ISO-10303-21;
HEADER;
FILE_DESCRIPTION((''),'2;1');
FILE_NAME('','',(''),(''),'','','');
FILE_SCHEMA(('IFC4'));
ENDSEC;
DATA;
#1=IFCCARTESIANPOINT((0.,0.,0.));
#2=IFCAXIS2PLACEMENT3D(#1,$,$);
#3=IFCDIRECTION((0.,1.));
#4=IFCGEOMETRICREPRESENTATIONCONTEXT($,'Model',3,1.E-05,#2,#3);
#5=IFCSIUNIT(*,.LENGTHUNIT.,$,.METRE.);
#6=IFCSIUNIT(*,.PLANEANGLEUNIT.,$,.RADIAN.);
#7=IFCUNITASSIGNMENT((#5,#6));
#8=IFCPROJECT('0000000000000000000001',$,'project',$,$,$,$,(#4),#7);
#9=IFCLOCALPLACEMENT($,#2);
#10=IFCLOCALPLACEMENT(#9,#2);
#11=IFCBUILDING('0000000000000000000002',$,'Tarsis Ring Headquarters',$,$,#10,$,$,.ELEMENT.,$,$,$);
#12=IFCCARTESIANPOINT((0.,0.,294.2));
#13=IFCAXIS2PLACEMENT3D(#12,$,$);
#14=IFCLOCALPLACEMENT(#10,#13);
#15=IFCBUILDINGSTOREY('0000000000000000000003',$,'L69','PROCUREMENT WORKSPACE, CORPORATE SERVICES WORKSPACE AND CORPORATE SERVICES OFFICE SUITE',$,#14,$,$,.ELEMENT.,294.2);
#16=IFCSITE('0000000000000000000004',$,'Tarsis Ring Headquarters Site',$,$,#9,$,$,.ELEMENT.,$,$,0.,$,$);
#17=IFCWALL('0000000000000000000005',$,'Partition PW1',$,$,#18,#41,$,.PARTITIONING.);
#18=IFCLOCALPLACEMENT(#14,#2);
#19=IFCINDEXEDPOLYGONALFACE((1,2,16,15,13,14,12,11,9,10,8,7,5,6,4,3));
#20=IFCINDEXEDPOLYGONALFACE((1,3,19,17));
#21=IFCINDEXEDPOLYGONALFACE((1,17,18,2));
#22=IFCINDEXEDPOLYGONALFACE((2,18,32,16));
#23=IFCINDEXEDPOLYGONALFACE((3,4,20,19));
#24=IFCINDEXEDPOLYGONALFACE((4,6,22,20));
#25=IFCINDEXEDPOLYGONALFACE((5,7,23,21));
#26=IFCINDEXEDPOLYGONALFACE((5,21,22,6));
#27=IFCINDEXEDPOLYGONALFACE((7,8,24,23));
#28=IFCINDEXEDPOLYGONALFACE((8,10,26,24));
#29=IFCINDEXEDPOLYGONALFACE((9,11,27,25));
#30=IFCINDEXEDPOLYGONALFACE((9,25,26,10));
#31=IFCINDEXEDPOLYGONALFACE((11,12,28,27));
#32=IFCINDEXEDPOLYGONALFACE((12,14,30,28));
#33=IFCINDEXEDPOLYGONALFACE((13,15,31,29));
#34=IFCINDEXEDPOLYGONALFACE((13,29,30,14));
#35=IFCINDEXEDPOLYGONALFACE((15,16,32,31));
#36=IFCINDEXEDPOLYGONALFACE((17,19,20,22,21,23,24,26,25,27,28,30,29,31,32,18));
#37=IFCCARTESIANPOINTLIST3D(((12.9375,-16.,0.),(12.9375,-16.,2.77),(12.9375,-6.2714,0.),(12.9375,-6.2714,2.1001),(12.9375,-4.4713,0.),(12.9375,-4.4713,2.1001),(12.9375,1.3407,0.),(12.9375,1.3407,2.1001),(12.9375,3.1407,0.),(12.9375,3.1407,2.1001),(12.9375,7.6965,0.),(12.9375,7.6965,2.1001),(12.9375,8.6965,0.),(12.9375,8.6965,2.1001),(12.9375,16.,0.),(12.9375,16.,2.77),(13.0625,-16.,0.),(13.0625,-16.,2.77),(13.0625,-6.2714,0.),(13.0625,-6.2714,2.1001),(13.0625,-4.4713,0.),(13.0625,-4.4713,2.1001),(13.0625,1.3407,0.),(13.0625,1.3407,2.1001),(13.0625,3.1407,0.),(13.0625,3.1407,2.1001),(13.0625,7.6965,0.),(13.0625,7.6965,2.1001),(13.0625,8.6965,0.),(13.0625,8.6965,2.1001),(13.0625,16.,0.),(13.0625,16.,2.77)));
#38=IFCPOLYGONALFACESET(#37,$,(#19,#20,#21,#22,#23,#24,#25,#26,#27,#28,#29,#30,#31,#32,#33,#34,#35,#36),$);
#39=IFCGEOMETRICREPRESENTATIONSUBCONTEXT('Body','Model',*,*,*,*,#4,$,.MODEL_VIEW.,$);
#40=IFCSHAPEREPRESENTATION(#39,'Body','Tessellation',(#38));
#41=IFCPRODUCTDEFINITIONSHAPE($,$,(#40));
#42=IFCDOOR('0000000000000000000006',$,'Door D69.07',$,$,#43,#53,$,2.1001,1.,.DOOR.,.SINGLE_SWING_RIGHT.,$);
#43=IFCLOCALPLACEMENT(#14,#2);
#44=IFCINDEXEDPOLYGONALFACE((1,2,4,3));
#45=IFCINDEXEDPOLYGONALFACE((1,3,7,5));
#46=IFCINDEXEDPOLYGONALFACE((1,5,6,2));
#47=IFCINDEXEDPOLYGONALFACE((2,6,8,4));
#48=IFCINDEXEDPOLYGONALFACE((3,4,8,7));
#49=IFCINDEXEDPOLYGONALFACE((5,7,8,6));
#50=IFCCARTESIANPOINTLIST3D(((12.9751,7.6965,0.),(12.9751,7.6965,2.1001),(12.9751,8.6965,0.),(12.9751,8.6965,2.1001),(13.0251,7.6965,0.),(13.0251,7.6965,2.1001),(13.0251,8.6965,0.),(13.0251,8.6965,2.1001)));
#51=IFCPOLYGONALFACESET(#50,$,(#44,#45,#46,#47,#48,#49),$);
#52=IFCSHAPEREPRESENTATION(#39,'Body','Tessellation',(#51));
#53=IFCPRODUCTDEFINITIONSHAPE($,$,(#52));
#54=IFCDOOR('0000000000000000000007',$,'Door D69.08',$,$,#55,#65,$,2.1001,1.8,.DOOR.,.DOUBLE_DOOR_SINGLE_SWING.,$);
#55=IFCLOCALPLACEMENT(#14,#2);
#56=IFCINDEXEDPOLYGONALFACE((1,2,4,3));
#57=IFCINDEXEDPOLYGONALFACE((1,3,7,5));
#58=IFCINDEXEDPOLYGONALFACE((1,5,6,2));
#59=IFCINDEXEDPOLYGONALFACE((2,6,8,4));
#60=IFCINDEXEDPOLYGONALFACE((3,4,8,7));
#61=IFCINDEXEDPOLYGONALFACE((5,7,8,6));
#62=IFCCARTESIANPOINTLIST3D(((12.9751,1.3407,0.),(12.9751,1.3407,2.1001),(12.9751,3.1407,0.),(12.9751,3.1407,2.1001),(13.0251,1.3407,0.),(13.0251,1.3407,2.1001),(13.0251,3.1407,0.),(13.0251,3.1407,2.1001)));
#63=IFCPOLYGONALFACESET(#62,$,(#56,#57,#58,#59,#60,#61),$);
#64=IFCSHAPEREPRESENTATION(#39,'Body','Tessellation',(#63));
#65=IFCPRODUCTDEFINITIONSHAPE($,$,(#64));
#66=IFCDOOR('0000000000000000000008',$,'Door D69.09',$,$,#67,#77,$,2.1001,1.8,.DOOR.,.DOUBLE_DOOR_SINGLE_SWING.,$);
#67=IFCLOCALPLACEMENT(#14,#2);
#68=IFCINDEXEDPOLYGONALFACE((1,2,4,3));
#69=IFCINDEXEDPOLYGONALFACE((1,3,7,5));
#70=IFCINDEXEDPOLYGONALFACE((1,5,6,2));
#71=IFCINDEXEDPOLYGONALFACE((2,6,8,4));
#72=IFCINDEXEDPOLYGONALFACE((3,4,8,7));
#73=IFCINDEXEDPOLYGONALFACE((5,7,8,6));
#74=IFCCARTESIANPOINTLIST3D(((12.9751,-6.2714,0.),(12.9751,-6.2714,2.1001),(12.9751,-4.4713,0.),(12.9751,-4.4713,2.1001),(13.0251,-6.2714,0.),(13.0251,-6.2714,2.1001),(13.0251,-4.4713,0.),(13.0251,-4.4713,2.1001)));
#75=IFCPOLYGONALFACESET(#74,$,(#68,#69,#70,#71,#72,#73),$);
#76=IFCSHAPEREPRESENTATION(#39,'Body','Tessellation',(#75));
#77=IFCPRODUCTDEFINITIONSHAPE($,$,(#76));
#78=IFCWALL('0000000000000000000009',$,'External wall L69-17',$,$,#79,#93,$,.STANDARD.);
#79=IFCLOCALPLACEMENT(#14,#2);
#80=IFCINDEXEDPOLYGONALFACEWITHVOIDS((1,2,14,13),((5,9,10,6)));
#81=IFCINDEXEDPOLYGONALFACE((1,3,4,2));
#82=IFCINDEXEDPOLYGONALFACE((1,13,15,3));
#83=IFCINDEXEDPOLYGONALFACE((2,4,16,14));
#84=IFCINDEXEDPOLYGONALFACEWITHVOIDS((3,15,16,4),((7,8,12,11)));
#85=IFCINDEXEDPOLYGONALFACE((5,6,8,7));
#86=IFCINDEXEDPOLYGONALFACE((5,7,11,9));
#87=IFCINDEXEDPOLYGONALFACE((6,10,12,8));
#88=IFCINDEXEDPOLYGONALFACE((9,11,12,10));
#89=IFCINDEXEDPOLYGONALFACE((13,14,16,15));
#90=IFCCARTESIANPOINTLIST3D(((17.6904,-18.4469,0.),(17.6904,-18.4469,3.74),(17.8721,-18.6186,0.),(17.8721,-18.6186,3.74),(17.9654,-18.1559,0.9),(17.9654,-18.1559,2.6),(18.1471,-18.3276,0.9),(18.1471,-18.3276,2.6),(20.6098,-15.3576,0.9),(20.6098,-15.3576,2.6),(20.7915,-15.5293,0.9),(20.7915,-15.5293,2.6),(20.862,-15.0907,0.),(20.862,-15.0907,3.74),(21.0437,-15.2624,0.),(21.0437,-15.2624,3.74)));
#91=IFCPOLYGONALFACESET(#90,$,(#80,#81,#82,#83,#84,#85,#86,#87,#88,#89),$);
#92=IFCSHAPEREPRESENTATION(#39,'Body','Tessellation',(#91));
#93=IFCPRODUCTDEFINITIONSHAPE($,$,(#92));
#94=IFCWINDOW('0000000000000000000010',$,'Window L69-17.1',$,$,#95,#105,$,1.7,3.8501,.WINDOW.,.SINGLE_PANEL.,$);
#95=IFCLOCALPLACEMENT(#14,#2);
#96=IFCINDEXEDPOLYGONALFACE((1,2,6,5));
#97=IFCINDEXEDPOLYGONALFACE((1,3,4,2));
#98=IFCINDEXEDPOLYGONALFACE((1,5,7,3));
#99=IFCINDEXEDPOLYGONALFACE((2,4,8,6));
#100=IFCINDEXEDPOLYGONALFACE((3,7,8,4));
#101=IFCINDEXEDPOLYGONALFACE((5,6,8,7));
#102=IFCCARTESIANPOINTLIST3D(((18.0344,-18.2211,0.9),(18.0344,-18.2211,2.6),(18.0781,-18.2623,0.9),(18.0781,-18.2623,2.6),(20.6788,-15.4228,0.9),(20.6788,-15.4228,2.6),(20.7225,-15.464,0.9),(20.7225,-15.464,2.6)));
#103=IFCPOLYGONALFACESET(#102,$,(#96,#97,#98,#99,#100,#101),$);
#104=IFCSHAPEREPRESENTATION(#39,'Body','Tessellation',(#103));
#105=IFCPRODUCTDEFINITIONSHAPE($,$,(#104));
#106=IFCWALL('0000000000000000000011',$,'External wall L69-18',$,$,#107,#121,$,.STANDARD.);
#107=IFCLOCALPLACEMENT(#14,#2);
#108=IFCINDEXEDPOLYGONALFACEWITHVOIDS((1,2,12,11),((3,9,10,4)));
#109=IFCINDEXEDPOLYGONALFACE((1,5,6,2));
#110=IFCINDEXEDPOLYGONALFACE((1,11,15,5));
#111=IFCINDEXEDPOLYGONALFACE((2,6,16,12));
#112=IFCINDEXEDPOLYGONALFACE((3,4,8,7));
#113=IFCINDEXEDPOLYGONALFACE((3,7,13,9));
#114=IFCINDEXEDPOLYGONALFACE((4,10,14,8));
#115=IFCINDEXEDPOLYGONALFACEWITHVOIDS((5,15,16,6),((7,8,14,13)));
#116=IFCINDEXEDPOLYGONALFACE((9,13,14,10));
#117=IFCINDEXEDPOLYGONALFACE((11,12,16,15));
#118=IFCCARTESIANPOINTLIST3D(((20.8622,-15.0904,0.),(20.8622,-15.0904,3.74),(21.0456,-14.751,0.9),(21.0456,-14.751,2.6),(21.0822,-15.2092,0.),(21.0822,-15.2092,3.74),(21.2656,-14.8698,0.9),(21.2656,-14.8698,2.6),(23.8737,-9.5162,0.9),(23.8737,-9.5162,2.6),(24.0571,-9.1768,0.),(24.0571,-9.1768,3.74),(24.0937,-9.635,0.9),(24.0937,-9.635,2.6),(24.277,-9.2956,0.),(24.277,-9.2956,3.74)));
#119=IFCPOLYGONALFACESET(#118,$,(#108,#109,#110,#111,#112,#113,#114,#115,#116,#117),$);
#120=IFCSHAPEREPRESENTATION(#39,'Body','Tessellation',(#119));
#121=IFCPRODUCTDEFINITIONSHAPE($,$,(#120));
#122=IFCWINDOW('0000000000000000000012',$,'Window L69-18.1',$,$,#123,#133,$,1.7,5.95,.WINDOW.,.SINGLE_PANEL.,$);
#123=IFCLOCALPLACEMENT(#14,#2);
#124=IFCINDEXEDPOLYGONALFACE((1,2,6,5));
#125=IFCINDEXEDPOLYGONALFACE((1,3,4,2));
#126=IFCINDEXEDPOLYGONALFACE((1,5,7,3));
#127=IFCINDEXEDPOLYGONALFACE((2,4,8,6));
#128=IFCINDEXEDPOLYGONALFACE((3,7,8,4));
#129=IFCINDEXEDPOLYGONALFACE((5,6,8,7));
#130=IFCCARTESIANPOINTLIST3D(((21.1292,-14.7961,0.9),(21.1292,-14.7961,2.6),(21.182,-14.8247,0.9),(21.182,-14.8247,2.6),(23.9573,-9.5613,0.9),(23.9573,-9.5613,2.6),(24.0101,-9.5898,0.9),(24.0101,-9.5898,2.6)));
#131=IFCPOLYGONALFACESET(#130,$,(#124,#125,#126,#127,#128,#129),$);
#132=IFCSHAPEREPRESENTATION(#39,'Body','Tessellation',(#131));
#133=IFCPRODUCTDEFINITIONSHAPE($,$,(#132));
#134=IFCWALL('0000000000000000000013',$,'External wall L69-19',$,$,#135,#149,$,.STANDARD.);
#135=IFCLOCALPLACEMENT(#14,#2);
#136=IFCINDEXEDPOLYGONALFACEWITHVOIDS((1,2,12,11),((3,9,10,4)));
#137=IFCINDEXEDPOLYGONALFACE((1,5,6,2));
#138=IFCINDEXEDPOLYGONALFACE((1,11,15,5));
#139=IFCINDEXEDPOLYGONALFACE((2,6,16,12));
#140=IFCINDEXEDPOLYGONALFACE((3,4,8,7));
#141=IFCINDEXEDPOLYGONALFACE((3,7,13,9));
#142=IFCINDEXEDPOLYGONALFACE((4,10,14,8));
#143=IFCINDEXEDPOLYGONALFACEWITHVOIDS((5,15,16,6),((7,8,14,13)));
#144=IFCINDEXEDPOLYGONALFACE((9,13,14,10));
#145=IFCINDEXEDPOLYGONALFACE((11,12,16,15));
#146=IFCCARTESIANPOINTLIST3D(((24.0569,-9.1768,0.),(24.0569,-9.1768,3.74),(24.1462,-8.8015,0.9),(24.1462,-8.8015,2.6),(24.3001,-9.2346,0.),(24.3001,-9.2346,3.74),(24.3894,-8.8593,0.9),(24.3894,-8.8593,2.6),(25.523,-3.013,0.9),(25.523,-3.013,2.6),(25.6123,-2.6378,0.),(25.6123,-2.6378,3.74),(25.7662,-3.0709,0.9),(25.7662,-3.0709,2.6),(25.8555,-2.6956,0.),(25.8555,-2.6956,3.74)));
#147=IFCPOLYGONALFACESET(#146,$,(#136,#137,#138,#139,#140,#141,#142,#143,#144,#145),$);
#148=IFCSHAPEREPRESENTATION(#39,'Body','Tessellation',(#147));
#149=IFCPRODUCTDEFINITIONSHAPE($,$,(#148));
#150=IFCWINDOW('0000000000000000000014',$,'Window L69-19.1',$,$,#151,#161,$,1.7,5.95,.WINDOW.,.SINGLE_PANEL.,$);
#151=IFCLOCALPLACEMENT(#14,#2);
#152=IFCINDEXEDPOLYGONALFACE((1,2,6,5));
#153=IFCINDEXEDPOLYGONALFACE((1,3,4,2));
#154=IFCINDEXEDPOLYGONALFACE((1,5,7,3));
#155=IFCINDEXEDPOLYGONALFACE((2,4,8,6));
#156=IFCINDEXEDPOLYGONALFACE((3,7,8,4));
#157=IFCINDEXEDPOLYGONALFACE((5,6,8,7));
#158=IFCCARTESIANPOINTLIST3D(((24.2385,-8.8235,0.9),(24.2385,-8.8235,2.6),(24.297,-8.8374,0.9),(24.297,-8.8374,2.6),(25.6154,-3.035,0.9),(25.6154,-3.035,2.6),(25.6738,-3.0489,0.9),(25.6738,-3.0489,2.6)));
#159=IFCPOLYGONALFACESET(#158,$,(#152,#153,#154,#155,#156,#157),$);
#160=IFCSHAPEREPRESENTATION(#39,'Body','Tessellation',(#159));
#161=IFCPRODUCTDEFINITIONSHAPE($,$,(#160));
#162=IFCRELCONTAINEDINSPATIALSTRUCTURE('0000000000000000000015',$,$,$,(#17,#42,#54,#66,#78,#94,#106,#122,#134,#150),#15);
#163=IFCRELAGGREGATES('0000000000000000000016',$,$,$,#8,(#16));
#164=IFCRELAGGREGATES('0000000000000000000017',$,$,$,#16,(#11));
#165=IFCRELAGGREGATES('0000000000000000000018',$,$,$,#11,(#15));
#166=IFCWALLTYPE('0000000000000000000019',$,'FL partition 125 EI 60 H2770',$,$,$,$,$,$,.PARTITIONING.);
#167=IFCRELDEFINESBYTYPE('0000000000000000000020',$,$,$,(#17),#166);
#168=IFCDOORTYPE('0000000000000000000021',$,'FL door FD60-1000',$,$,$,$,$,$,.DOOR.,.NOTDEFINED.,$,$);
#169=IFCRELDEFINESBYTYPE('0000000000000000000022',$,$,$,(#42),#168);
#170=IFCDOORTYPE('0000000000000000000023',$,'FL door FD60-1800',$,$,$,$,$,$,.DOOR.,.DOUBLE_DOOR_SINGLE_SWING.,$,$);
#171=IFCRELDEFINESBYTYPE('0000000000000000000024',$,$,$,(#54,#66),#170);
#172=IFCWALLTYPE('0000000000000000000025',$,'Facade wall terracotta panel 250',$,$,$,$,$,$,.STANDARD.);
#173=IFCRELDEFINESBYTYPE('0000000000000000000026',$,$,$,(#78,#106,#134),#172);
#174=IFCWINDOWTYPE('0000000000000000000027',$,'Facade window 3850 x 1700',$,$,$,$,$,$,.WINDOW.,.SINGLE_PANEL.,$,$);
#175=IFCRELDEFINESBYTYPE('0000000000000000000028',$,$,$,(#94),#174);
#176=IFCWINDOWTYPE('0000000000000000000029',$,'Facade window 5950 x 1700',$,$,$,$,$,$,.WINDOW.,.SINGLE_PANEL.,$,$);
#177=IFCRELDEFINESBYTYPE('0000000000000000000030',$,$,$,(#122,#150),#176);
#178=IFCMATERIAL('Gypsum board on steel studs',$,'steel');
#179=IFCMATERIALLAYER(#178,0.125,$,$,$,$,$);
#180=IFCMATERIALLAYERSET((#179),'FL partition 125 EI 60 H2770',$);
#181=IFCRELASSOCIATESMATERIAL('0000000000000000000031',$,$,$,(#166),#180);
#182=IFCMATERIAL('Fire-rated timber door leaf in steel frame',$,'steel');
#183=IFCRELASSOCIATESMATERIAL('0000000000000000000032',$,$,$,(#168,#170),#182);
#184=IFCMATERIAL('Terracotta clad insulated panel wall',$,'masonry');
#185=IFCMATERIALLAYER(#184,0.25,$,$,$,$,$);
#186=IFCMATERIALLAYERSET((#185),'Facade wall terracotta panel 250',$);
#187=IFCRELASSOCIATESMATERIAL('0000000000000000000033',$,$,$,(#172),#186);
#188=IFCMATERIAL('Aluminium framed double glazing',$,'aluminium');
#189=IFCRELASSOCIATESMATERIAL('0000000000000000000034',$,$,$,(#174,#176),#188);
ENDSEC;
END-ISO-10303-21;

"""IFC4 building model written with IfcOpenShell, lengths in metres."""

from ifc_helpers import new_model, si_unit, direction, frame, frame_2d, origin, place, context, subcontext, project, spatial, rectangle, extrude, material, layer, layer_set, type_object, element, fill, save


model = new_model("IFC4")

# Units and contexts
model_context = context("Model", 3, precision=1e-05, world=origin(), true_north=direction((0.0, 1.0)))
body_context = subcontext(model_context, "Body", "Model", "MODEL_VIEW")
ifc_project = project(units=[si_unit("LENGTHUNIT", "METRE"), si_unit("PLANEANGLEUNIT", "RADIAN")], contexts=[model_context])

# Site, building, storey
site_placement = place(None, origin())
site = spatial("IfcSite", under=ifc_project, at=site_placement, Name="Tarsis Ring Headquarters Site", CompositionType="ELEMENT", RefElevation=0.0)
building_placement = place(site_placement, origin())
building = spatial("IfcBuilding", under=site, at=building_placement, Name="Tarsis Ring Headquarters", CompositionType="ELEMENT")
storey_placement = place(building_placement, frame((0.0, 0.0, 294.2)))
storey = spatial("IfcBuildingStorey", under=building, at=storey_placement, Name="L69", Description="PROCUREMENT WORKSPACE, CORPORATE SERVICES WORKSPACE AND CORPORATE SERVICES OFFICE SUITE", CompositionType="ELEMENT", Elevation=294.2)

# Shared definitions
ifc_material_1 = material(Name="Gypsum board on steel studs", Category="steel")

# Wall, openings, doors
ifc_layer_1 = layer(ifc_material_1, 0.125)
ifc_layer_set_1 = layer_set([ifc_layer_1], Name="FL partition 125 EI 60 H2770")
wall_type_1 = type_object("IfcWallType", Name="FL partition 125 EI 60 H2770", PredefinedType="PARTITIONING", material=ifc_layer_set_1)
wall_1_placement = place(storey_placement, frame((13.0, -16.0, 0.0), z_axis=(0.0, 0.0, 1.0), x_axis=(0.0, 1.0, 0.0)))
wall_1 = element("IfcWall", 1, at=wall_1_placement, inside=storey, type_object=wall_type_1, Name="Partition PW1", PredefinedType="PARTITIONING", context=body_context, shape_type="SweptSolid", body=[
    extrude(rectangle(XDim=32.0, YDim=0.125, at=frame_2d((16.0, 0.0))), origin(), (0.0, 0.0, 1.0), 2.77),
])
opening_1_placement = place(wall_1_placement, frame((23.6965, 0.0, 0.0)))
opening_1 = element("IfcOpeningElement", 2, at=opening_1_placement, cuts=wall_1, PredefinedType="OPENING", context=body_context, shape_type="SweptSolid", body=[
    extrude(rectangle(XDim=1.0, YDim=2.1001, at=frame_2d((0.5, 1.05))), frame((0.0, 0.0725, 0.0), z_axis=(0.0, -1.0, 0.0), x_axis=(1.0, 0.0, 0.0)), (0.0, 0.0, 1.0), 0.145),
])
opening_2_placement = place(wall_1_placement, frame((17.3408, 0.0, 0.0)))
opening_2 = element("IfcOpeningElement", 3, at=opening_2_placement, cuts=wall_1, PredefinedType="OPENING", context=body_context, shape_type="SweptSolid", body=[
    extrude(rectangle(XDim=1.8, YDim=2.1001, at=frame_2d((0.8999, 1.05))), frame((0.0, 0.0725, 0.0), z_axis=(0.0, -1.0, 0.0), x_axis=(1.0, 0.0, 0.0)), (0.0, 0.0, 1.0), 0.145),
])
opening_3_placement = place(wall_1_placement, frame((9.7288, 0.0, 0.0)))
opening_3 = element("IfcOpeningElement", 4, at=opening_3_placement, cuts=wall_1, PredefinedType="OPENING", context=body_context, shape_type="SweptSolid", body=[
    extrude(rectangle(XDim=1.8, YDim=2.1001, at=frame_2d((0.8999, 1.05))), frame((0.0, 0.0725, 0.0), z_axis=(0.0, -1.0, 0.0), x_axis=(1.0, 0.0, 0.0)), (0.0, 0.0, 1.0), 0.145),
])
ifc_material_2 = material(Name="Fire-rated timber door leaf in steel frame", Category="steel")
door_type_1 = type_object("IfcDoorType", Name="FL door FD60-1000", OperationType="NOTDEFINED", PredefinedType="DOOR", material=ifc_material_2)
door_1_placement = place(opening_1_placement, origin())
door_1 = element("IfcDoor", 5, at=door_1_placement, inside=storey, type_object=door_type_1, Name="Door D69.07", OperationType="SINGLE_SWING_RIGHT", OverallHeight=2.1001, OverallWidth=1.0, PredefinedType="DOOR", context=body_context, shape_type="SweptSolid", body=[
    extrude(rectangle(XDim=1.0, YDim=2.1001, at=frame_2d((0.5, 1.05))), frame((0.0, 0.0249, 0.0), z_axis=(0.0, -1.0, 0.0), x_axis=(1.0, 0.0, 0.0)), (0.0, 0.0, 1.0), 0.05),
])
fill(opening_1, door_1)
door_type_2 = type_object("IfcDoorType", Name="FL door FD60-1800", OperationType="DOUBLE_DOOR_SINGLE_SWING", PredefinedType="DOOR", material=ifc_material_2)
door_2_placement = place(opening_2_placement, origin())
door_2 = element("IfcDoor", 6, at=door_2_placement, inside=storey, type_object=door_type_2, Name="Door D69.08", OperationType="DOUBLE_DOOR_SINGLE_SWING", OverallHeight=2.1001, OverallWidth=1.8, PredefinedType="DOOR", context=body_context, shape_type="SweptSolid", body=[
    extrude(rectangle(XDim=1.8, YDim=2.1001, at=frame_2d((0.8999, 1.05))), frame((0.0, 0.0249, 0.0), z_axis=(0.0, -1.0, 0.0), x_axis=(1.0, 0.0, 0.0)), (0.0, 0.0, 1.0), 0.05),
])
fill(opening_2, door_2)
door_3_placement = place(opening_3_placement, origin())
door_3 = element("IfcDoor", 7, at=door_3_placement, inside=storey, type_object=door_type_2, Name="Door D69.09", OperationType="DOUBLE_DOOR_SINGLE_SWING", OverallHeight=2.1001, OverallWidth=1.8, PredefinedType="DOOR", context=body_context, shape_type="SweptSolid", body=[
    extrude(rectangle(XDim=1.8, YDim=2.1001, at=frame_2d((0.8999, 1.05))), frame((0.0, 0.0249, 0.0), z_axis=(0.0, -1.0, 0.0), x_axis=(1.0, 0.0, 0.0)), (0.0, 0.0, 1.0), 0.05),
])
fill(opening_3, door_3)
ifc_material_3 = material(Name="Terracotta clad insulated panel wall", Category="masonry")
ifc_layer_2 = layer(ifc_material_3, 0.25)
ifc_layer_set_2 = layer_set([ifc_layer_2], Name="Facade wall terracotta panel 250")
wall_type_2 = type_object("IfcWallType", Name="Facade wall terracotta panel 250", PredefinedType="STANDARD", material=ifc_layer_set_2)
ifc_material_4 = material(Name="Aluminium framed double glazing", Category="aluminium")

# Walls, openings, windows
wall_2_placement = place(storey_placement, frame((17.7812, -18.5327, 0.0), z_axis=(0.0, 0.0, 1.0), x_axis=(0.686839, 0.726809, 0.0)))
wall_2 = element("IfcWall", 8, at=wall_2_placement, inside=storey, type_object=wall_type_2, Name="External wall L69-17", PredefinedType="STANDARD", context=body_context, shape_type="SweptSolid", body=[
    extrude(rectangle(XDim=4.6177, YDim=0.25, at=frame_2d((2.3088, 0.0))), origin(), (0.0, 0.0, 1.0), 3.74),
])
opening_4_placement = place(wall_2_placement, frame((0.4004, 0.0, 0.8999)))
opening_4 = element("IfcOpeningElement", 9, at=opening_4_placement, cuts=wall_2, PredefinedType="OPENING", context=body_context, shape_type="SweptSolid", body=[
    extrude(rectangle(XDim=3.8501, YDim=1.7, at=frame_2d((1.925, 0.8501))), frame((0.0, 0.135, 0.0), z_axis=(0.0, -1.0, 0.0), x_axis=(1.0, 0.0, 0.0)), (0.0, 0.0, 1.0), 0.27),
])
window_type_1 = type_object("IfcWindowType", Name="Facade window 3850 x 1700", PartitioningType="SINGLE_PANEL", PredefinedType="WINDOW", material=ifc_material_4)
window_1_placement = place(opening_4_placement, origin())
window_1 = element("IfcWindow", 10, at=window_1_placement, inside=storey, type_object=window_type_1, Name="Window L69-17.1", OverallHeight=1.7, OverallWidth=3.8501, PartitioningType="SINGLE_PANEL", PredefinedType="WINDOW", context=body_context, shape_type="SweptSolid", body=[
    extrude(rectangle(XDim=3.8501, YDim=1.7, at=frame_2d((1.925, 0.8501))), frame((0.0, 0.03, 0.0), z_axis=(0.0, -1.0, 0.0), x_axis=(1.0, 0.0, 0.0)), (0.0, 0.0, 1.0), 0.0601),
])
fill(opening_4, window_1)
wall_3_placement = place(storey_placement, frame((20.9722, -15.1499, 0.0), z_axis=(0.0, 0.0, 1.0), x_axis=(0.475321, 0.879812, 0.0)))
wall_3 = element("IfcWall", 11, at=wall_3_placement, inside=storey, type_object=wall_type_2, Name="External wall L69-18", PredefinedType="STANDARD", context=body_context, shape_type="SweptSolid", body=[
    extrude(rectangle(XDim=6.7214, YDim=0.25, at=frame_2d((3.3608, 0.0))), origin(), (0.0, 0.0, 1.0), 3.74),
])
opening_5_placement = place(wall_3_placement, frame((0.3857, 0.0, 0.8999)))
opening_5 = element("IfcOpeningElement", 12, at=opening_5_placement, cuts=wall_3, PredefinedType="OPENING", context=body_context, shape_type="SweptSolid", body=[
    extrude(rectangle(XDim=5.95, YDim=1.7, at=frame_2d((2.9751, 0.8501))), frame((0.0, 0.135, 0.0), z_axis=(0.0, -1.0, 0.0), x_axis=(1.0, 0.0, 0.0)), (0.0, 0.0, 1.0), 0.27),
])
window_type_2 = type_object("IfcWindowType", Name="Facade window 5950 x 1700", PartitioningType="SINGLE_PANEL", PredefinedType="WINDOW", material=ifc_material_4)
window_2_placement = place(opening_5_placement, origin())
window_2 = element("IfcWindow", 13, at=window_2_placement, inside=storey, type_object=window_type_2, Name="Window L69-18.1", OverallHeight=1.7, OverallWidth=5.95, PartitioningType="SINGLE_PANEL", PredefinedType="WINDOW", context=body_context, shape_type="SweptSolid", body=[
    extrude(rectangle(XDim=5.95, YDim=1.7, at=frame_2d((2.9751, 0.8501))), frame((0.0, 0.03, 0.0), z_axis=(0.0, -1.0, 0.0), x_axis=(1.0, 0.0, 0.0)), (0.0, 0.0, 1.0), 0.0601),
])
fill(opening_5, window_2)
wall_4_placement = place(storey_placement, frame((24.1785, -9.2058, 0.0), z_axis=(0.0, 0.0, 1.0), x_axis=(0.231409, 0.972856, 0.0)))
wall_4 = element("IfcWall", 14, at=wall_4_placement, inside=storey, type_object=wall_type_2, Name="External wall L69-19", PredefinedType="STANDARD", context=body_context, shape_type="SweptSolid", body=[
    extrude(rectangle(XDim=6.7214, YDim=0.25, at=frame_2d((3.3608, 0.0))), origin(), (0.0, 0.0, 1.0), 3.74),
])
opening_6_placement = place(wall_4_placement, frame((0.3857, 0.0, 0.8999)))
opening_6 = element("IfcOpeningElement", 15, at=opening_6_placement, cuts=wall_4, PredefinedType="OPENING", context=body_context, shape_type="SweptSolid", body=[
    extrude(rectangle(XDim=5.95, YDim=1.7, at=frame_2d((2.9751, 0.8501))), frame((0.0, 0.135, 0.0), z_axis=(0.0, -1.0, 0.0), x_axis=(1.0, 0.0, 0.0)), (0.0, 0.0, 1.0), 0.27),
])
window_3_placement = place(opening_6_placement, origin())
window_3 = element("IfcWindow", 16, at=window_3_placement, inside=storey, type_object=window_type_2, Name="Window L69-19.1", OverallHeight=1.7, OverallWidth=5.95, PartitioningType="SINGLE_PANEL", PredefinedType="WINDOW", context=body_context, shape_type="SweptSolid", body=[
    extrude(rectangle(XDim=5.95, YDim=1.7, at=frame_2d((2.9751, 0.8501))), frame((0.0, 0.03, 0.0), z_axis=(0.0, -1.0, 0.0), x_axis=(1.0, 0.0, 0.0)), (0.0, 0.0, 1.0), 0.0601),
])
fill(opening_6, window_3)

save(model, "model.ifc")
